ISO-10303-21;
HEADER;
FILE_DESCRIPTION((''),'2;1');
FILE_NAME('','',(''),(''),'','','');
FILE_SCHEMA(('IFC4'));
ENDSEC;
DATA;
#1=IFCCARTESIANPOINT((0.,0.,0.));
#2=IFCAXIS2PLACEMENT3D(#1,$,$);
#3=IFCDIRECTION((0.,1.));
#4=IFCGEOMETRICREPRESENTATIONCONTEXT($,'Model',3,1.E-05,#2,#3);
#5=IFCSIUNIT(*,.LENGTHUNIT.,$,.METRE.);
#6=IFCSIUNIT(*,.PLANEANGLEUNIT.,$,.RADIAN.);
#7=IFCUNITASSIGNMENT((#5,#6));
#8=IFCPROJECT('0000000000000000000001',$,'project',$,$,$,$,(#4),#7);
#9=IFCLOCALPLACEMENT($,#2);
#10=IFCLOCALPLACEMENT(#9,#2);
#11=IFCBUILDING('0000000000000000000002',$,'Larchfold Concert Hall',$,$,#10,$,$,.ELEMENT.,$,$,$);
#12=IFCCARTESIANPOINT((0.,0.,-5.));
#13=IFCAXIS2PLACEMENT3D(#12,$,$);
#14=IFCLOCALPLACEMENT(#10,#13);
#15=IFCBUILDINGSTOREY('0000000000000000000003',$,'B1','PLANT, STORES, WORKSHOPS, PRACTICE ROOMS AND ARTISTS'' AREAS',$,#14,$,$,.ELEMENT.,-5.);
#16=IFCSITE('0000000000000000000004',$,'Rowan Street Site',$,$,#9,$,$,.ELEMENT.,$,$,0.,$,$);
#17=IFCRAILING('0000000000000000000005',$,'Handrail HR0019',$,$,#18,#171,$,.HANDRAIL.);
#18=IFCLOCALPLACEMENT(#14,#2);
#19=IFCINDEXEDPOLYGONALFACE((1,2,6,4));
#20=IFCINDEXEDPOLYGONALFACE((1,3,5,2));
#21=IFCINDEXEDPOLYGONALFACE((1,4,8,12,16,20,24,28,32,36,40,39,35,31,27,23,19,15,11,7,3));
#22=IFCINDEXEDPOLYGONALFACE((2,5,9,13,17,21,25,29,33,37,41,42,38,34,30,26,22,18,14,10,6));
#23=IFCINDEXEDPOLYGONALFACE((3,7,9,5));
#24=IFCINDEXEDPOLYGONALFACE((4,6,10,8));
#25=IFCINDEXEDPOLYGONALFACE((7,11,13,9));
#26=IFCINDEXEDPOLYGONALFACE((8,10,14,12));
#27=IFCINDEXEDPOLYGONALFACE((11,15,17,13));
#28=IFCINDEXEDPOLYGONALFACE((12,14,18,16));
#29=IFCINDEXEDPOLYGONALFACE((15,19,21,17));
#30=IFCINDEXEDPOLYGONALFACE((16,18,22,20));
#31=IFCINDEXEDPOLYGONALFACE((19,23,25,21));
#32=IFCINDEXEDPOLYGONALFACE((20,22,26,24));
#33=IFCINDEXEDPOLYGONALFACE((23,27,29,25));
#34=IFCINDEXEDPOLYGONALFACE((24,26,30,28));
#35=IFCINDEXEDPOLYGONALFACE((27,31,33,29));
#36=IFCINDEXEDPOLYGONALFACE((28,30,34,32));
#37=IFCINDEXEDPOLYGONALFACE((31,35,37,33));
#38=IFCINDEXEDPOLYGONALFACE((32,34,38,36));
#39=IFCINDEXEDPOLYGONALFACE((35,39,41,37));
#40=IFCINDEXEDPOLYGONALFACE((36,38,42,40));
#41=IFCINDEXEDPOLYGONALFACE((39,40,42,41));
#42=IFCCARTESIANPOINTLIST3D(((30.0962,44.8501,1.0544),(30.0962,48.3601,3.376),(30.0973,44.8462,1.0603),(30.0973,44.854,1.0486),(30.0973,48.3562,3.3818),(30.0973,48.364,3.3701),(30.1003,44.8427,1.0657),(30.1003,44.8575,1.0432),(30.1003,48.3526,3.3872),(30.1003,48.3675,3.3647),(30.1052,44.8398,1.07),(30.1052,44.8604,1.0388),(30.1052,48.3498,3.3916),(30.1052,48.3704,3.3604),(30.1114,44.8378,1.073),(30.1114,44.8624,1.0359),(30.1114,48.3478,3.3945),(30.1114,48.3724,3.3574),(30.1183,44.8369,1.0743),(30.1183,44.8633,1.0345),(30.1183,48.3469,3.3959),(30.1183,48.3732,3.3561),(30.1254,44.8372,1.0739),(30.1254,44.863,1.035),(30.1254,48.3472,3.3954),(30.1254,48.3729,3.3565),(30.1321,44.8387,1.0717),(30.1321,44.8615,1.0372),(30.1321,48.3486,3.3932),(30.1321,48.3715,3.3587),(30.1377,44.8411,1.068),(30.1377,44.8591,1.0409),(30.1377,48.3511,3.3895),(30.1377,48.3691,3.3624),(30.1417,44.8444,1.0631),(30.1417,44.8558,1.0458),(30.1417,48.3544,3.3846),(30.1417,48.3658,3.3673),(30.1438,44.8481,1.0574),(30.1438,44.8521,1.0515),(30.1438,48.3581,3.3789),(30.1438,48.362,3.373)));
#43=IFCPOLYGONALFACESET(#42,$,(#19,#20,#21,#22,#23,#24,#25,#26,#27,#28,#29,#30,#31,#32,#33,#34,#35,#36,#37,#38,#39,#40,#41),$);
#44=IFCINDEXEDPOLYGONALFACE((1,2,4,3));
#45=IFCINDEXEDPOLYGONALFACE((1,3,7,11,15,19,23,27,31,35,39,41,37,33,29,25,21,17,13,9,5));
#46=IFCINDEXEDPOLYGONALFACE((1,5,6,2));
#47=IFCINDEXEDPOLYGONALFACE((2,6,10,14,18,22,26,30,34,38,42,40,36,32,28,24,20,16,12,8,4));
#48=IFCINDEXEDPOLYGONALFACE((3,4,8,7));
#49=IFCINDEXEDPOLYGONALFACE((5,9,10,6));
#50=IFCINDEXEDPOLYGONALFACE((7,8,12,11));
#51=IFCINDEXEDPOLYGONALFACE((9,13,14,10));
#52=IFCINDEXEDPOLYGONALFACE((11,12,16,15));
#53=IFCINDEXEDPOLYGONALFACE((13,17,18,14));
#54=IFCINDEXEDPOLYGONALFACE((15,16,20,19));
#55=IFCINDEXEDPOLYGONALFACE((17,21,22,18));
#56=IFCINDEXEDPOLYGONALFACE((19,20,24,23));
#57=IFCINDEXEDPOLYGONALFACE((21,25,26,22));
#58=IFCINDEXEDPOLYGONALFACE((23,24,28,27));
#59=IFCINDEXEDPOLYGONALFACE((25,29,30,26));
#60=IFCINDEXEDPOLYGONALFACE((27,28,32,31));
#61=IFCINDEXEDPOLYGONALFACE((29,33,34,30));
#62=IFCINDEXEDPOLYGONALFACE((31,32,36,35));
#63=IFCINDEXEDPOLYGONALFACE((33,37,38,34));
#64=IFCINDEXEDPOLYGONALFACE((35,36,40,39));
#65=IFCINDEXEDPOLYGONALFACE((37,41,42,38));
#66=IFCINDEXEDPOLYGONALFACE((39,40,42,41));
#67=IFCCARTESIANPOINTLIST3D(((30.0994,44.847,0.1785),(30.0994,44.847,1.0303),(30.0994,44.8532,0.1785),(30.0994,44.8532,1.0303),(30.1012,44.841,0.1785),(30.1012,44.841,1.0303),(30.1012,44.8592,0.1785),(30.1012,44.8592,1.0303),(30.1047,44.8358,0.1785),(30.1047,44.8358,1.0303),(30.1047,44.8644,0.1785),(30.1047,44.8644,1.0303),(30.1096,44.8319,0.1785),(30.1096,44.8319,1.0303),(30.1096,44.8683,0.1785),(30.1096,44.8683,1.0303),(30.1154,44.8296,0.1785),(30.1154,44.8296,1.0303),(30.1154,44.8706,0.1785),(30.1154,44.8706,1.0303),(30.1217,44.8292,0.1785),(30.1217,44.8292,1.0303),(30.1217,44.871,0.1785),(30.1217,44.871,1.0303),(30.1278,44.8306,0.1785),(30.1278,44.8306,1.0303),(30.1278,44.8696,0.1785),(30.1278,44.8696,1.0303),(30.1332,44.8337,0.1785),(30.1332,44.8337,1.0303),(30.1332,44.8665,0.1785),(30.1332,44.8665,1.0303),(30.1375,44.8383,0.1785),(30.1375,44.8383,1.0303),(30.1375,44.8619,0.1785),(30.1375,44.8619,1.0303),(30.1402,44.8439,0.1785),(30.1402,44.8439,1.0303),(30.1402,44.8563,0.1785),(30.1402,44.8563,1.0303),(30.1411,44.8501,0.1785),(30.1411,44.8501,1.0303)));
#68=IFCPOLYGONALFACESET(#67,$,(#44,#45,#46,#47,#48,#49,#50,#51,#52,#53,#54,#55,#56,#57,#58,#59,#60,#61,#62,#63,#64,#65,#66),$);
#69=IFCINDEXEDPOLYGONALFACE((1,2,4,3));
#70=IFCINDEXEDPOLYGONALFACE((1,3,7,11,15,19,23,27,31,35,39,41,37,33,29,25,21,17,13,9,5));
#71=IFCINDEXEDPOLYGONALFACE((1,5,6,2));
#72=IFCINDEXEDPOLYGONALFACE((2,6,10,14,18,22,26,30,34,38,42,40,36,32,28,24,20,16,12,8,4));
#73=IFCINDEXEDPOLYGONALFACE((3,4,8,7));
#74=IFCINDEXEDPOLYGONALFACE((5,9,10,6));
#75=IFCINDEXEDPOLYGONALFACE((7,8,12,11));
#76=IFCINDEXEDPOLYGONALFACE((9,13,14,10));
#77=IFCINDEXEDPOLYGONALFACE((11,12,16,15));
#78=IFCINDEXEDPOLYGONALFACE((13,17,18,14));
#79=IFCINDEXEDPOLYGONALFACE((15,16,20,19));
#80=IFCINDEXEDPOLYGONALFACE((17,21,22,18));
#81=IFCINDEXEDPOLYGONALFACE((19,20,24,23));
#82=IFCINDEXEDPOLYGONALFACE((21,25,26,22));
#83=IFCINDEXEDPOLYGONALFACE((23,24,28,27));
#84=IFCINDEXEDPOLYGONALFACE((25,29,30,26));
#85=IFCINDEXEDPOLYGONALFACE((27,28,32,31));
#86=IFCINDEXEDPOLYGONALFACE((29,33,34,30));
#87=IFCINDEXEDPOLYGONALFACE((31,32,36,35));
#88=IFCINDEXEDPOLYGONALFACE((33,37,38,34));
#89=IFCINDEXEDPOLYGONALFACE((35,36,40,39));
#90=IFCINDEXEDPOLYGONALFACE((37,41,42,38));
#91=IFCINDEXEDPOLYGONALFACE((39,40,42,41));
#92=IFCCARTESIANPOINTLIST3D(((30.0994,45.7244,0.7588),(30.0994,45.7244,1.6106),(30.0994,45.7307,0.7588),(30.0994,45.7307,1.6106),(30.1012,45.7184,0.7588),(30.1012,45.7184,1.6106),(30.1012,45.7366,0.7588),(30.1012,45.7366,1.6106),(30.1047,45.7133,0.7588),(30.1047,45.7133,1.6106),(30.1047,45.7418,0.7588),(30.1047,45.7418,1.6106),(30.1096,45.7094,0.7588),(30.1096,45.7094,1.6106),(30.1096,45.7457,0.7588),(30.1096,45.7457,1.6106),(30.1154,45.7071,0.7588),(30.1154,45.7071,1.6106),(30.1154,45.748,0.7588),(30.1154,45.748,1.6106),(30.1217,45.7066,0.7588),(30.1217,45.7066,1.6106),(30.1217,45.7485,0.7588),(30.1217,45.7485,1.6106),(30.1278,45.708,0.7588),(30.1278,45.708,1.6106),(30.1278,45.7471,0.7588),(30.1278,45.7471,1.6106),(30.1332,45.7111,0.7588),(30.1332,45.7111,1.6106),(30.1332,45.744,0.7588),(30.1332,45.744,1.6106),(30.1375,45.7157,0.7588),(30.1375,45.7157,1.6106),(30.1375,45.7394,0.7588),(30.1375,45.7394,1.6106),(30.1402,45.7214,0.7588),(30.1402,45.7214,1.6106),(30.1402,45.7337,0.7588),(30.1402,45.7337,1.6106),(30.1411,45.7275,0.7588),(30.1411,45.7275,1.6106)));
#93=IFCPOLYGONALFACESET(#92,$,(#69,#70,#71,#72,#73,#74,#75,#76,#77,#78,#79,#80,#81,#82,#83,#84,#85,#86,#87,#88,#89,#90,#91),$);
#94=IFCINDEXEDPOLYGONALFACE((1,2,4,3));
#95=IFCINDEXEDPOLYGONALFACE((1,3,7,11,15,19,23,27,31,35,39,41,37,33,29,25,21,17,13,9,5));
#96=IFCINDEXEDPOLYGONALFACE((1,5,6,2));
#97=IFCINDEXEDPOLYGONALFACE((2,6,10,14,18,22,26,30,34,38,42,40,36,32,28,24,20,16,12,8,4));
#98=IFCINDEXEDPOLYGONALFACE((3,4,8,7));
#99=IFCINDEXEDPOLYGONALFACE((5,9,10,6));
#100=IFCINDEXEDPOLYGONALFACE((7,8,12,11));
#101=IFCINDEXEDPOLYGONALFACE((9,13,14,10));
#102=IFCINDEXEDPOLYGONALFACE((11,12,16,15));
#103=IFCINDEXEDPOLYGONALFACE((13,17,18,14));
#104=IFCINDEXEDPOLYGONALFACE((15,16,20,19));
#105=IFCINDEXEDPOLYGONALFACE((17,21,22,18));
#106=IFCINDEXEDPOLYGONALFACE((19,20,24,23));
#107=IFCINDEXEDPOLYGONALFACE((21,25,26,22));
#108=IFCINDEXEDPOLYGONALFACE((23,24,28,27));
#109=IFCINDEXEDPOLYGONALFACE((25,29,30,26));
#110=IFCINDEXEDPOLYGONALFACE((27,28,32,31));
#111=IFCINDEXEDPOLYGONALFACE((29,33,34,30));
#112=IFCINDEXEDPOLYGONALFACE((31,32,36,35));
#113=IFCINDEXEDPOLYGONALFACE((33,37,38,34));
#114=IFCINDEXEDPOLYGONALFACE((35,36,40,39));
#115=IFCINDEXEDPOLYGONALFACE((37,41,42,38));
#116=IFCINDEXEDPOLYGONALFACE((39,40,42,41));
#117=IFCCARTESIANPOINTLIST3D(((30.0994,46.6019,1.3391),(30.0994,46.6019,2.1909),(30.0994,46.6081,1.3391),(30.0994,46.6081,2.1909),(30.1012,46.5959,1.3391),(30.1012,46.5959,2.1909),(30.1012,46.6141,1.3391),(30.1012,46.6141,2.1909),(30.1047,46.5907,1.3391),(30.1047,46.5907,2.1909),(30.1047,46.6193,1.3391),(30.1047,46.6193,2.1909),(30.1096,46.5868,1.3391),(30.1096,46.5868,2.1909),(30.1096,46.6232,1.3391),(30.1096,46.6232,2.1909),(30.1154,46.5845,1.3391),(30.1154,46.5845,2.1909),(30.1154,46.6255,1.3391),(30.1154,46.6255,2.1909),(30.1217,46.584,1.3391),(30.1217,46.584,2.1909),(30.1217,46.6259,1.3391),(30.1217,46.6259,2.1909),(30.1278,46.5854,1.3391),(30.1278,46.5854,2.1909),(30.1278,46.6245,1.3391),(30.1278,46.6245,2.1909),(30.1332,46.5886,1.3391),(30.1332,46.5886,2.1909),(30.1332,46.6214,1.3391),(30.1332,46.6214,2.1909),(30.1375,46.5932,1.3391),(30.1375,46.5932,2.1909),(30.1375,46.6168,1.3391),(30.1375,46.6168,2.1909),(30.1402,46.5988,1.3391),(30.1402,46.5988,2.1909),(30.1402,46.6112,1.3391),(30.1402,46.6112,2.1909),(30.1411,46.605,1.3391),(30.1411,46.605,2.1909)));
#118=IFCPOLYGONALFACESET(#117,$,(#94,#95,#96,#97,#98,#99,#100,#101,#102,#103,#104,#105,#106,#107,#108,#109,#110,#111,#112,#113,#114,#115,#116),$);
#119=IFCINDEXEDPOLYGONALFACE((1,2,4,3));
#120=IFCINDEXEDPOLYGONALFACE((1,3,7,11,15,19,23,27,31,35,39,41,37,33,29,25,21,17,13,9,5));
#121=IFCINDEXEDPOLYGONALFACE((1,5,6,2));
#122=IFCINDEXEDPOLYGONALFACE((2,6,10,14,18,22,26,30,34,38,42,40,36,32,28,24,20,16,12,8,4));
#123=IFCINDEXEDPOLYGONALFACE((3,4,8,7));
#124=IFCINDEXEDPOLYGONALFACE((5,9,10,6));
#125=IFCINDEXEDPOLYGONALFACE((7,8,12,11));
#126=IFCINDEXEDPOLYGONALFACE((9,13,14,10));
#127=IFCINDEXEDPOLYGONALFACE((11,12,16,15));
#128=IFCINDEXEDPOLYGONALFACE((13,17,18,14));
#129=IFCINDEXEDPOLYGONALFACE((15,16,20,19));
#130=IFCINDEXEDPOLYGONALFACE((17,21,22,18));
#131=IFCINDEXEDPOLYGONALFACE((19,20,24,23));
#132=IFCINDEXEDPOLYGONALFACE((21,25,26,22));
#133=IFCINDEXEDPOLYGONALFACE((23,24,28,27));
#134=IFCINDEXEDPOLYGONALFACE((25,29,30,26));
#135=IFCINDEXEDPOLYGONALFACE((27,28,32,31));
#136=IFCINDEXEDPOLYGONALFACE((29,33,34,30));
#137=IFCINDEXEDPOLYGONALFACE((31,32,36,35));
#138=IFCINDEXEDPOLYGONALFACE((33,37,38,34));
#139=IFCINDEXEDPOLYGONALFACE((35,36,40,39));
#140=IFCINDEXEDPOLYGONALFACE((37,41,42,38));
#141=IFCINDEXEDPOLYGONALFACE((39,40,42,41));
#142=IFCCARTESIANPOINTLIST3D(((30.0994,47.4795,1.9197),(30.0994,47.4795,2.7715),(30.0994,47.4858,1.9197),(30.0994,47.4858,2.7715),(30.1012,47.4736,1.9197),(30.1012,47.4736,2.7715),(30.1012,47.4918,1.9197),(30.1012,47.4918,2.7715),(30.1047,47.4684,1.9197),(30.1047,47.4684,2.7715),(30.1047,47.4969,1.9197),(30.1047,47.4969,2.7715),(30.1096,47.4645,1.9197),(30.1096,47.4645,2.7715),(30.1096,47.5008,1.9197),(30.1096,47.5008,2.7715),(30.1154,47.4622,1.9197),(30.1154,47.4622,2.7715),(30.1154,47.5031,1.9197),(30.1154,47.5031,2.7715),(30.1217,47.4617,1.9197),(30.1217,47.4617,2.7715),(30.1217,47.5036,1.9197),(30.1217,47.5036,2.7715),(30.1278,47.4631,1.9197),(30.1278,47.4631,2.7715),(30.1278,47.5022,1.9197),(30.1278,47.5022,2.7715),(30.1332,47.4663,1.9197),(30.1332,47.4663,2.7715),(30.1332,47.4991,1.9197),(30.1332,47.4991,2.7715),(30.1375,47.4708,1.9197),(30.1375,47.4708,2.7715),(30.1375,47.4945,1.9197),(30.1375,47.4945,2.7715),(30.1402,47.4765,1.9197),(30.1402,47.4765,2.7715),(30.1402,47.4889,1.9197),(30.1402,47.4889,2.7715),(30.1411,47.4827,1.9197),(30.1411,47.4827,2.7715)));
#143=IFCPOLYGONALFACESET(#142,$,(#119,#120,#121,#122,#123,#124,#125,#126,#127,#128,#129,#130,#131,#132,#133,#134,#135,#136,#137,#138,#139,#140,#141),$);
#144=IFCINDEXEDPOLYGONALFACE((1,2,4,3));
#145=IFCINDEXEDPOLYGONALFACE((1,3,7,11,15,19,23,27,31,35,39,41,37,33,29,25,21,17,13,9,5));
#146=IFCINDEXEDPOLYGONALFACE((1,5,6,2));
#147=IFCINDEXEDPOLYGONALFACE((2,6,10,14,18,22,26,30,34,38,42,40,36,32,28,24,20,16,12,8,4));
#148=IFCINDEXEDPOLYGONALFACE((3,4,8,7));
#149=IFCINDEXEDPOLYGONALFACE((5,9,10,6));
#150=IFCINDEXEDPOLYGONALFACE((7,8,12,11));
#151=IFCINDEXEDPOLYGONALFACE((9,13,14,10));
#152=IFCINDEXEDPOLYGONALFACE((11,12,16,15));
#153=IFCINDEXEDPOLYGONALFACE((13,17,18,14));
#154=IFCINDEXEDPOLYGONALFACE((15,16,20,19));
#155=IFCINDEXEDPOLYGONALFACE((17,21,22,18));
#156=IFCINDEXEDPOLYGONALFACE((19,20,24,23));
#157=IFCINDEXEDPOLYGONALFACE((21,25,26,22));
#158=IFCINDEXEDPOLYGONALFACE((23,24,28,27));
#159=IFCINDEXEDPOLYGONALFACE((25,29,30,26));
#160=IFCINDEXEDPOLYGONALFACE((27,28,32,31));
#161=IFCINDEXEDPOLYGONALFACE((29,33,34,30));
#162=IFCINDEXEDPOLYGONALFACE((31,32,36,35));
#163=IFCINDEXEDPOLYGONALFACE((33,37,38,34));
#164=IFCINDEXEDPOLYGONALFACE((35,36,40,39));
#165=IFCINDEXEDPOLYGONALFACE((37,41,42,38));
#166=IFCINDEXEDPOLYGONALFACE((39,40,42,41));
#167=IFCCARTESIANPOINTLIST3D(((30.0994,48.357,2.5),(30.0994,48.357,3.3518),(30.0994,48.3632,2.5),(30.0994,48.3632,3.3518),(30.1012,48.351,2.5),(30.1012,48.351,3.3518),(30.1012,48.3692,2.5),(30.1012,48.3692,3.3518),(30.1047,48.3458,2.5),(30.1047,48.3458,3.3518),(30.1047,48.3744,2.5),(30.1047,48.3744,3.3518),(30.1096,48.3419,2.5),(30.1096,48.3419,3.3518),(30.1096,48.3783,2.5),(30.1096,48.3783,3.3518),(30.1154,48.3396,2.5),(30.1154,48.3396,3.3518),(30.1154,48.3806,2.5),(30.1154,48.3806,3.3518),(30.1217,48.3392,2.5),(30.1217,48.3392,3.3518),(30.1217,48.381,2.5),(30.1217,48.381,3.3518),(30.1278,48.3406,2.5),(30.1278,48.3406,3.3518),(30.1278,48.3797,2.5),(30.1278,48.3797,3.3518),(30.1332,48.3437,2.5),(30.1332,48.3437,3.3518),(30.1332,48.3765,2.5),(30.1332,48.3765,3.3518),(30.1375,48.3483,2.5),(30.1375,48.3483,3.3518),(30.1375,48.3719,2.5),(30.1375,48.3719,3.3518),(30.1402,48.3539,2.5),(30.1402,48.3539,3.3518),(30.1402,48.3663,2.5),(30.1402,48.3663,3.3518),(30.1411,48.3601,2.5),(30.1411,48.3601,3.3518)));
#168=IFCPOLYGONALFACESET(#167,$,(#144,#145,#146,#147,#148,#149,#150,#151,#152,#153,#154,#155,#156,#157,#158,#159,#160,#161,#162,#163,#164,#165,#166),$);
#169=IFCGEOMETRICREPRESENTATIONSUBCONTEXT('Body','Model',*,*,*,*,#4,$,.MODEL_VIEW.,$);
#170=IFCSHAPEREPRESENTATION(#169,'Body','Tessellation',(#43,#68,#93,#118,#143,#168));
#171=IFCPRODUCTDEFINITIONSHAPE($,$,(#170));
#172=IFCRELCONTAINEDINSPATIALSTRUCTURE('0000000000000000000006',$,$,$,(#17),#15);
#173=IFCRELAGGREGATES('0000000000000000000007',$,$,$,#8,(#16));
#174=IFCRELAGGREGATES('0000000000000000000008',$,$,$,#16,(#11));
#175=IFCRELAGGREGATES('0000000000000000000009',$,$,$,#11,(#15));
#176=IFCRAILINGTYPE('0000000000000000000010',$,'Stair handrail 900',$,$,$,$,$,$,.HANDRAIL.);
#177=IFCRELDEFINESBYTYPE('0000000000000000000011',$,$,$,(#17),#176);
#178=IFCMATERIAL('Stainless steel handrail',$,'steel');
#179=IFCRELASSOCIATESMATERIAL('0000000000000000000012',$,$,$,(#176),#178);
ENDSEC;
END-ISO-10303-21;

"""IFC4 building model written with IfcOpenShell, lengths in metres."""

from ifc_helpers import new_model, si_unit, direction, frame, origin, origin_2d, place, context, subcontext, project, spatial, circle, extrude, material, type_object, element, save


model = new_model("IFC4")

# Units and contexts
model_context = context("Model", 3, precision=1e-05, world=origin(), true_north=direction((0.0, 1.0)))
body_context = subcontext(model_context, "Body", "Model", "MODEL_VIEW")
ifc_project = project(units=[si_unit("LENGTHUNIT", "METRE"), si_unit("PLANEANGLEUNIT", "RADIAN")], contexts=[model_context])

# Site, building, storey
site_placement = place(None, origin())
site = spatial("IfcSite", under=ifc_project, at=site_placement, Name="Rowan Street Site", CompositionType="ELEMENT", RefElevation=0.0)
building_placement = place(site_placement, origin())
building = spatial("IfcBuilding", under=site, at=building_placement, Name="Larchfold Concert Hall", CompositionType="ELEMENT")
storey_placement = place(building_placement, frame((0.0, 0.0, -5.0)))
storey = spatial("IfcBuildingStorey", under=building, at=storey_placement, Name="B1", Description="PLANT, STORES, WORKSHOPS, PRACTICE ROOMS AND ARTISTS' AREAS", CompositionType="ELEMENT", Elevation=-5.0)

# Railing
ifc_material_1 = material(Name="Stainless steel handrail", Category="steel")
railing_type_1 = type_object("IfcRailingType", Name="Stair handrail 900", PredefinedType="HANDRAIL", material=ifc_material_1)
railing_1_placement = place(storey_placement, frame((30.1201, 44.8501, 0.1785)))
element("IfcRailing", 1, at=railing_1_placement, inside=storey, type_object=railing_type_1, Name="Handrail HR0019", PredefinedType="HANDRAIL", context=body_context, shape_type="SweptSolid", body=[
    extrude(circle(Radius=0.0239, at=origin_2d()), frame((0.0, 0.0, 0.876), z_axis=(0.0, 0.834071, 0.551657), x_axis=(-1.0, 0.0, 0.0)), (0.0, 0.0, 1.0), 4.2083),
    extrude(circle(Radius=0.021, at=origin_2d()), origin(), (0.0, 0.0, 1.0), 0.8518),
    extrude(circle(Radius=0.021, at=origin_2d()), frame((0.0, 0.8774, 0.5803)), (0.0, 0.0, 1.0), 0.8518),
    extrude(circle(Radius=0.021, at=origin_2d()), frame((0.0, 1.7549, 1.1606)), (0.0, 0.0, 1.0), 0.8518),
    extrude(circle(Radius=0.021, at=origin_2d()), frame((0.0, 2.6326, 1.7412)), (0.0, 0.0, 1.0), 0.8518),
    extrude(circle(Radius=0.021, at=origin_2d()), frame((0.0, 3.51, 2.3215)), (0.0, 0.0, 1.0), 0.8518),
])

save(model, "model.ifc")
